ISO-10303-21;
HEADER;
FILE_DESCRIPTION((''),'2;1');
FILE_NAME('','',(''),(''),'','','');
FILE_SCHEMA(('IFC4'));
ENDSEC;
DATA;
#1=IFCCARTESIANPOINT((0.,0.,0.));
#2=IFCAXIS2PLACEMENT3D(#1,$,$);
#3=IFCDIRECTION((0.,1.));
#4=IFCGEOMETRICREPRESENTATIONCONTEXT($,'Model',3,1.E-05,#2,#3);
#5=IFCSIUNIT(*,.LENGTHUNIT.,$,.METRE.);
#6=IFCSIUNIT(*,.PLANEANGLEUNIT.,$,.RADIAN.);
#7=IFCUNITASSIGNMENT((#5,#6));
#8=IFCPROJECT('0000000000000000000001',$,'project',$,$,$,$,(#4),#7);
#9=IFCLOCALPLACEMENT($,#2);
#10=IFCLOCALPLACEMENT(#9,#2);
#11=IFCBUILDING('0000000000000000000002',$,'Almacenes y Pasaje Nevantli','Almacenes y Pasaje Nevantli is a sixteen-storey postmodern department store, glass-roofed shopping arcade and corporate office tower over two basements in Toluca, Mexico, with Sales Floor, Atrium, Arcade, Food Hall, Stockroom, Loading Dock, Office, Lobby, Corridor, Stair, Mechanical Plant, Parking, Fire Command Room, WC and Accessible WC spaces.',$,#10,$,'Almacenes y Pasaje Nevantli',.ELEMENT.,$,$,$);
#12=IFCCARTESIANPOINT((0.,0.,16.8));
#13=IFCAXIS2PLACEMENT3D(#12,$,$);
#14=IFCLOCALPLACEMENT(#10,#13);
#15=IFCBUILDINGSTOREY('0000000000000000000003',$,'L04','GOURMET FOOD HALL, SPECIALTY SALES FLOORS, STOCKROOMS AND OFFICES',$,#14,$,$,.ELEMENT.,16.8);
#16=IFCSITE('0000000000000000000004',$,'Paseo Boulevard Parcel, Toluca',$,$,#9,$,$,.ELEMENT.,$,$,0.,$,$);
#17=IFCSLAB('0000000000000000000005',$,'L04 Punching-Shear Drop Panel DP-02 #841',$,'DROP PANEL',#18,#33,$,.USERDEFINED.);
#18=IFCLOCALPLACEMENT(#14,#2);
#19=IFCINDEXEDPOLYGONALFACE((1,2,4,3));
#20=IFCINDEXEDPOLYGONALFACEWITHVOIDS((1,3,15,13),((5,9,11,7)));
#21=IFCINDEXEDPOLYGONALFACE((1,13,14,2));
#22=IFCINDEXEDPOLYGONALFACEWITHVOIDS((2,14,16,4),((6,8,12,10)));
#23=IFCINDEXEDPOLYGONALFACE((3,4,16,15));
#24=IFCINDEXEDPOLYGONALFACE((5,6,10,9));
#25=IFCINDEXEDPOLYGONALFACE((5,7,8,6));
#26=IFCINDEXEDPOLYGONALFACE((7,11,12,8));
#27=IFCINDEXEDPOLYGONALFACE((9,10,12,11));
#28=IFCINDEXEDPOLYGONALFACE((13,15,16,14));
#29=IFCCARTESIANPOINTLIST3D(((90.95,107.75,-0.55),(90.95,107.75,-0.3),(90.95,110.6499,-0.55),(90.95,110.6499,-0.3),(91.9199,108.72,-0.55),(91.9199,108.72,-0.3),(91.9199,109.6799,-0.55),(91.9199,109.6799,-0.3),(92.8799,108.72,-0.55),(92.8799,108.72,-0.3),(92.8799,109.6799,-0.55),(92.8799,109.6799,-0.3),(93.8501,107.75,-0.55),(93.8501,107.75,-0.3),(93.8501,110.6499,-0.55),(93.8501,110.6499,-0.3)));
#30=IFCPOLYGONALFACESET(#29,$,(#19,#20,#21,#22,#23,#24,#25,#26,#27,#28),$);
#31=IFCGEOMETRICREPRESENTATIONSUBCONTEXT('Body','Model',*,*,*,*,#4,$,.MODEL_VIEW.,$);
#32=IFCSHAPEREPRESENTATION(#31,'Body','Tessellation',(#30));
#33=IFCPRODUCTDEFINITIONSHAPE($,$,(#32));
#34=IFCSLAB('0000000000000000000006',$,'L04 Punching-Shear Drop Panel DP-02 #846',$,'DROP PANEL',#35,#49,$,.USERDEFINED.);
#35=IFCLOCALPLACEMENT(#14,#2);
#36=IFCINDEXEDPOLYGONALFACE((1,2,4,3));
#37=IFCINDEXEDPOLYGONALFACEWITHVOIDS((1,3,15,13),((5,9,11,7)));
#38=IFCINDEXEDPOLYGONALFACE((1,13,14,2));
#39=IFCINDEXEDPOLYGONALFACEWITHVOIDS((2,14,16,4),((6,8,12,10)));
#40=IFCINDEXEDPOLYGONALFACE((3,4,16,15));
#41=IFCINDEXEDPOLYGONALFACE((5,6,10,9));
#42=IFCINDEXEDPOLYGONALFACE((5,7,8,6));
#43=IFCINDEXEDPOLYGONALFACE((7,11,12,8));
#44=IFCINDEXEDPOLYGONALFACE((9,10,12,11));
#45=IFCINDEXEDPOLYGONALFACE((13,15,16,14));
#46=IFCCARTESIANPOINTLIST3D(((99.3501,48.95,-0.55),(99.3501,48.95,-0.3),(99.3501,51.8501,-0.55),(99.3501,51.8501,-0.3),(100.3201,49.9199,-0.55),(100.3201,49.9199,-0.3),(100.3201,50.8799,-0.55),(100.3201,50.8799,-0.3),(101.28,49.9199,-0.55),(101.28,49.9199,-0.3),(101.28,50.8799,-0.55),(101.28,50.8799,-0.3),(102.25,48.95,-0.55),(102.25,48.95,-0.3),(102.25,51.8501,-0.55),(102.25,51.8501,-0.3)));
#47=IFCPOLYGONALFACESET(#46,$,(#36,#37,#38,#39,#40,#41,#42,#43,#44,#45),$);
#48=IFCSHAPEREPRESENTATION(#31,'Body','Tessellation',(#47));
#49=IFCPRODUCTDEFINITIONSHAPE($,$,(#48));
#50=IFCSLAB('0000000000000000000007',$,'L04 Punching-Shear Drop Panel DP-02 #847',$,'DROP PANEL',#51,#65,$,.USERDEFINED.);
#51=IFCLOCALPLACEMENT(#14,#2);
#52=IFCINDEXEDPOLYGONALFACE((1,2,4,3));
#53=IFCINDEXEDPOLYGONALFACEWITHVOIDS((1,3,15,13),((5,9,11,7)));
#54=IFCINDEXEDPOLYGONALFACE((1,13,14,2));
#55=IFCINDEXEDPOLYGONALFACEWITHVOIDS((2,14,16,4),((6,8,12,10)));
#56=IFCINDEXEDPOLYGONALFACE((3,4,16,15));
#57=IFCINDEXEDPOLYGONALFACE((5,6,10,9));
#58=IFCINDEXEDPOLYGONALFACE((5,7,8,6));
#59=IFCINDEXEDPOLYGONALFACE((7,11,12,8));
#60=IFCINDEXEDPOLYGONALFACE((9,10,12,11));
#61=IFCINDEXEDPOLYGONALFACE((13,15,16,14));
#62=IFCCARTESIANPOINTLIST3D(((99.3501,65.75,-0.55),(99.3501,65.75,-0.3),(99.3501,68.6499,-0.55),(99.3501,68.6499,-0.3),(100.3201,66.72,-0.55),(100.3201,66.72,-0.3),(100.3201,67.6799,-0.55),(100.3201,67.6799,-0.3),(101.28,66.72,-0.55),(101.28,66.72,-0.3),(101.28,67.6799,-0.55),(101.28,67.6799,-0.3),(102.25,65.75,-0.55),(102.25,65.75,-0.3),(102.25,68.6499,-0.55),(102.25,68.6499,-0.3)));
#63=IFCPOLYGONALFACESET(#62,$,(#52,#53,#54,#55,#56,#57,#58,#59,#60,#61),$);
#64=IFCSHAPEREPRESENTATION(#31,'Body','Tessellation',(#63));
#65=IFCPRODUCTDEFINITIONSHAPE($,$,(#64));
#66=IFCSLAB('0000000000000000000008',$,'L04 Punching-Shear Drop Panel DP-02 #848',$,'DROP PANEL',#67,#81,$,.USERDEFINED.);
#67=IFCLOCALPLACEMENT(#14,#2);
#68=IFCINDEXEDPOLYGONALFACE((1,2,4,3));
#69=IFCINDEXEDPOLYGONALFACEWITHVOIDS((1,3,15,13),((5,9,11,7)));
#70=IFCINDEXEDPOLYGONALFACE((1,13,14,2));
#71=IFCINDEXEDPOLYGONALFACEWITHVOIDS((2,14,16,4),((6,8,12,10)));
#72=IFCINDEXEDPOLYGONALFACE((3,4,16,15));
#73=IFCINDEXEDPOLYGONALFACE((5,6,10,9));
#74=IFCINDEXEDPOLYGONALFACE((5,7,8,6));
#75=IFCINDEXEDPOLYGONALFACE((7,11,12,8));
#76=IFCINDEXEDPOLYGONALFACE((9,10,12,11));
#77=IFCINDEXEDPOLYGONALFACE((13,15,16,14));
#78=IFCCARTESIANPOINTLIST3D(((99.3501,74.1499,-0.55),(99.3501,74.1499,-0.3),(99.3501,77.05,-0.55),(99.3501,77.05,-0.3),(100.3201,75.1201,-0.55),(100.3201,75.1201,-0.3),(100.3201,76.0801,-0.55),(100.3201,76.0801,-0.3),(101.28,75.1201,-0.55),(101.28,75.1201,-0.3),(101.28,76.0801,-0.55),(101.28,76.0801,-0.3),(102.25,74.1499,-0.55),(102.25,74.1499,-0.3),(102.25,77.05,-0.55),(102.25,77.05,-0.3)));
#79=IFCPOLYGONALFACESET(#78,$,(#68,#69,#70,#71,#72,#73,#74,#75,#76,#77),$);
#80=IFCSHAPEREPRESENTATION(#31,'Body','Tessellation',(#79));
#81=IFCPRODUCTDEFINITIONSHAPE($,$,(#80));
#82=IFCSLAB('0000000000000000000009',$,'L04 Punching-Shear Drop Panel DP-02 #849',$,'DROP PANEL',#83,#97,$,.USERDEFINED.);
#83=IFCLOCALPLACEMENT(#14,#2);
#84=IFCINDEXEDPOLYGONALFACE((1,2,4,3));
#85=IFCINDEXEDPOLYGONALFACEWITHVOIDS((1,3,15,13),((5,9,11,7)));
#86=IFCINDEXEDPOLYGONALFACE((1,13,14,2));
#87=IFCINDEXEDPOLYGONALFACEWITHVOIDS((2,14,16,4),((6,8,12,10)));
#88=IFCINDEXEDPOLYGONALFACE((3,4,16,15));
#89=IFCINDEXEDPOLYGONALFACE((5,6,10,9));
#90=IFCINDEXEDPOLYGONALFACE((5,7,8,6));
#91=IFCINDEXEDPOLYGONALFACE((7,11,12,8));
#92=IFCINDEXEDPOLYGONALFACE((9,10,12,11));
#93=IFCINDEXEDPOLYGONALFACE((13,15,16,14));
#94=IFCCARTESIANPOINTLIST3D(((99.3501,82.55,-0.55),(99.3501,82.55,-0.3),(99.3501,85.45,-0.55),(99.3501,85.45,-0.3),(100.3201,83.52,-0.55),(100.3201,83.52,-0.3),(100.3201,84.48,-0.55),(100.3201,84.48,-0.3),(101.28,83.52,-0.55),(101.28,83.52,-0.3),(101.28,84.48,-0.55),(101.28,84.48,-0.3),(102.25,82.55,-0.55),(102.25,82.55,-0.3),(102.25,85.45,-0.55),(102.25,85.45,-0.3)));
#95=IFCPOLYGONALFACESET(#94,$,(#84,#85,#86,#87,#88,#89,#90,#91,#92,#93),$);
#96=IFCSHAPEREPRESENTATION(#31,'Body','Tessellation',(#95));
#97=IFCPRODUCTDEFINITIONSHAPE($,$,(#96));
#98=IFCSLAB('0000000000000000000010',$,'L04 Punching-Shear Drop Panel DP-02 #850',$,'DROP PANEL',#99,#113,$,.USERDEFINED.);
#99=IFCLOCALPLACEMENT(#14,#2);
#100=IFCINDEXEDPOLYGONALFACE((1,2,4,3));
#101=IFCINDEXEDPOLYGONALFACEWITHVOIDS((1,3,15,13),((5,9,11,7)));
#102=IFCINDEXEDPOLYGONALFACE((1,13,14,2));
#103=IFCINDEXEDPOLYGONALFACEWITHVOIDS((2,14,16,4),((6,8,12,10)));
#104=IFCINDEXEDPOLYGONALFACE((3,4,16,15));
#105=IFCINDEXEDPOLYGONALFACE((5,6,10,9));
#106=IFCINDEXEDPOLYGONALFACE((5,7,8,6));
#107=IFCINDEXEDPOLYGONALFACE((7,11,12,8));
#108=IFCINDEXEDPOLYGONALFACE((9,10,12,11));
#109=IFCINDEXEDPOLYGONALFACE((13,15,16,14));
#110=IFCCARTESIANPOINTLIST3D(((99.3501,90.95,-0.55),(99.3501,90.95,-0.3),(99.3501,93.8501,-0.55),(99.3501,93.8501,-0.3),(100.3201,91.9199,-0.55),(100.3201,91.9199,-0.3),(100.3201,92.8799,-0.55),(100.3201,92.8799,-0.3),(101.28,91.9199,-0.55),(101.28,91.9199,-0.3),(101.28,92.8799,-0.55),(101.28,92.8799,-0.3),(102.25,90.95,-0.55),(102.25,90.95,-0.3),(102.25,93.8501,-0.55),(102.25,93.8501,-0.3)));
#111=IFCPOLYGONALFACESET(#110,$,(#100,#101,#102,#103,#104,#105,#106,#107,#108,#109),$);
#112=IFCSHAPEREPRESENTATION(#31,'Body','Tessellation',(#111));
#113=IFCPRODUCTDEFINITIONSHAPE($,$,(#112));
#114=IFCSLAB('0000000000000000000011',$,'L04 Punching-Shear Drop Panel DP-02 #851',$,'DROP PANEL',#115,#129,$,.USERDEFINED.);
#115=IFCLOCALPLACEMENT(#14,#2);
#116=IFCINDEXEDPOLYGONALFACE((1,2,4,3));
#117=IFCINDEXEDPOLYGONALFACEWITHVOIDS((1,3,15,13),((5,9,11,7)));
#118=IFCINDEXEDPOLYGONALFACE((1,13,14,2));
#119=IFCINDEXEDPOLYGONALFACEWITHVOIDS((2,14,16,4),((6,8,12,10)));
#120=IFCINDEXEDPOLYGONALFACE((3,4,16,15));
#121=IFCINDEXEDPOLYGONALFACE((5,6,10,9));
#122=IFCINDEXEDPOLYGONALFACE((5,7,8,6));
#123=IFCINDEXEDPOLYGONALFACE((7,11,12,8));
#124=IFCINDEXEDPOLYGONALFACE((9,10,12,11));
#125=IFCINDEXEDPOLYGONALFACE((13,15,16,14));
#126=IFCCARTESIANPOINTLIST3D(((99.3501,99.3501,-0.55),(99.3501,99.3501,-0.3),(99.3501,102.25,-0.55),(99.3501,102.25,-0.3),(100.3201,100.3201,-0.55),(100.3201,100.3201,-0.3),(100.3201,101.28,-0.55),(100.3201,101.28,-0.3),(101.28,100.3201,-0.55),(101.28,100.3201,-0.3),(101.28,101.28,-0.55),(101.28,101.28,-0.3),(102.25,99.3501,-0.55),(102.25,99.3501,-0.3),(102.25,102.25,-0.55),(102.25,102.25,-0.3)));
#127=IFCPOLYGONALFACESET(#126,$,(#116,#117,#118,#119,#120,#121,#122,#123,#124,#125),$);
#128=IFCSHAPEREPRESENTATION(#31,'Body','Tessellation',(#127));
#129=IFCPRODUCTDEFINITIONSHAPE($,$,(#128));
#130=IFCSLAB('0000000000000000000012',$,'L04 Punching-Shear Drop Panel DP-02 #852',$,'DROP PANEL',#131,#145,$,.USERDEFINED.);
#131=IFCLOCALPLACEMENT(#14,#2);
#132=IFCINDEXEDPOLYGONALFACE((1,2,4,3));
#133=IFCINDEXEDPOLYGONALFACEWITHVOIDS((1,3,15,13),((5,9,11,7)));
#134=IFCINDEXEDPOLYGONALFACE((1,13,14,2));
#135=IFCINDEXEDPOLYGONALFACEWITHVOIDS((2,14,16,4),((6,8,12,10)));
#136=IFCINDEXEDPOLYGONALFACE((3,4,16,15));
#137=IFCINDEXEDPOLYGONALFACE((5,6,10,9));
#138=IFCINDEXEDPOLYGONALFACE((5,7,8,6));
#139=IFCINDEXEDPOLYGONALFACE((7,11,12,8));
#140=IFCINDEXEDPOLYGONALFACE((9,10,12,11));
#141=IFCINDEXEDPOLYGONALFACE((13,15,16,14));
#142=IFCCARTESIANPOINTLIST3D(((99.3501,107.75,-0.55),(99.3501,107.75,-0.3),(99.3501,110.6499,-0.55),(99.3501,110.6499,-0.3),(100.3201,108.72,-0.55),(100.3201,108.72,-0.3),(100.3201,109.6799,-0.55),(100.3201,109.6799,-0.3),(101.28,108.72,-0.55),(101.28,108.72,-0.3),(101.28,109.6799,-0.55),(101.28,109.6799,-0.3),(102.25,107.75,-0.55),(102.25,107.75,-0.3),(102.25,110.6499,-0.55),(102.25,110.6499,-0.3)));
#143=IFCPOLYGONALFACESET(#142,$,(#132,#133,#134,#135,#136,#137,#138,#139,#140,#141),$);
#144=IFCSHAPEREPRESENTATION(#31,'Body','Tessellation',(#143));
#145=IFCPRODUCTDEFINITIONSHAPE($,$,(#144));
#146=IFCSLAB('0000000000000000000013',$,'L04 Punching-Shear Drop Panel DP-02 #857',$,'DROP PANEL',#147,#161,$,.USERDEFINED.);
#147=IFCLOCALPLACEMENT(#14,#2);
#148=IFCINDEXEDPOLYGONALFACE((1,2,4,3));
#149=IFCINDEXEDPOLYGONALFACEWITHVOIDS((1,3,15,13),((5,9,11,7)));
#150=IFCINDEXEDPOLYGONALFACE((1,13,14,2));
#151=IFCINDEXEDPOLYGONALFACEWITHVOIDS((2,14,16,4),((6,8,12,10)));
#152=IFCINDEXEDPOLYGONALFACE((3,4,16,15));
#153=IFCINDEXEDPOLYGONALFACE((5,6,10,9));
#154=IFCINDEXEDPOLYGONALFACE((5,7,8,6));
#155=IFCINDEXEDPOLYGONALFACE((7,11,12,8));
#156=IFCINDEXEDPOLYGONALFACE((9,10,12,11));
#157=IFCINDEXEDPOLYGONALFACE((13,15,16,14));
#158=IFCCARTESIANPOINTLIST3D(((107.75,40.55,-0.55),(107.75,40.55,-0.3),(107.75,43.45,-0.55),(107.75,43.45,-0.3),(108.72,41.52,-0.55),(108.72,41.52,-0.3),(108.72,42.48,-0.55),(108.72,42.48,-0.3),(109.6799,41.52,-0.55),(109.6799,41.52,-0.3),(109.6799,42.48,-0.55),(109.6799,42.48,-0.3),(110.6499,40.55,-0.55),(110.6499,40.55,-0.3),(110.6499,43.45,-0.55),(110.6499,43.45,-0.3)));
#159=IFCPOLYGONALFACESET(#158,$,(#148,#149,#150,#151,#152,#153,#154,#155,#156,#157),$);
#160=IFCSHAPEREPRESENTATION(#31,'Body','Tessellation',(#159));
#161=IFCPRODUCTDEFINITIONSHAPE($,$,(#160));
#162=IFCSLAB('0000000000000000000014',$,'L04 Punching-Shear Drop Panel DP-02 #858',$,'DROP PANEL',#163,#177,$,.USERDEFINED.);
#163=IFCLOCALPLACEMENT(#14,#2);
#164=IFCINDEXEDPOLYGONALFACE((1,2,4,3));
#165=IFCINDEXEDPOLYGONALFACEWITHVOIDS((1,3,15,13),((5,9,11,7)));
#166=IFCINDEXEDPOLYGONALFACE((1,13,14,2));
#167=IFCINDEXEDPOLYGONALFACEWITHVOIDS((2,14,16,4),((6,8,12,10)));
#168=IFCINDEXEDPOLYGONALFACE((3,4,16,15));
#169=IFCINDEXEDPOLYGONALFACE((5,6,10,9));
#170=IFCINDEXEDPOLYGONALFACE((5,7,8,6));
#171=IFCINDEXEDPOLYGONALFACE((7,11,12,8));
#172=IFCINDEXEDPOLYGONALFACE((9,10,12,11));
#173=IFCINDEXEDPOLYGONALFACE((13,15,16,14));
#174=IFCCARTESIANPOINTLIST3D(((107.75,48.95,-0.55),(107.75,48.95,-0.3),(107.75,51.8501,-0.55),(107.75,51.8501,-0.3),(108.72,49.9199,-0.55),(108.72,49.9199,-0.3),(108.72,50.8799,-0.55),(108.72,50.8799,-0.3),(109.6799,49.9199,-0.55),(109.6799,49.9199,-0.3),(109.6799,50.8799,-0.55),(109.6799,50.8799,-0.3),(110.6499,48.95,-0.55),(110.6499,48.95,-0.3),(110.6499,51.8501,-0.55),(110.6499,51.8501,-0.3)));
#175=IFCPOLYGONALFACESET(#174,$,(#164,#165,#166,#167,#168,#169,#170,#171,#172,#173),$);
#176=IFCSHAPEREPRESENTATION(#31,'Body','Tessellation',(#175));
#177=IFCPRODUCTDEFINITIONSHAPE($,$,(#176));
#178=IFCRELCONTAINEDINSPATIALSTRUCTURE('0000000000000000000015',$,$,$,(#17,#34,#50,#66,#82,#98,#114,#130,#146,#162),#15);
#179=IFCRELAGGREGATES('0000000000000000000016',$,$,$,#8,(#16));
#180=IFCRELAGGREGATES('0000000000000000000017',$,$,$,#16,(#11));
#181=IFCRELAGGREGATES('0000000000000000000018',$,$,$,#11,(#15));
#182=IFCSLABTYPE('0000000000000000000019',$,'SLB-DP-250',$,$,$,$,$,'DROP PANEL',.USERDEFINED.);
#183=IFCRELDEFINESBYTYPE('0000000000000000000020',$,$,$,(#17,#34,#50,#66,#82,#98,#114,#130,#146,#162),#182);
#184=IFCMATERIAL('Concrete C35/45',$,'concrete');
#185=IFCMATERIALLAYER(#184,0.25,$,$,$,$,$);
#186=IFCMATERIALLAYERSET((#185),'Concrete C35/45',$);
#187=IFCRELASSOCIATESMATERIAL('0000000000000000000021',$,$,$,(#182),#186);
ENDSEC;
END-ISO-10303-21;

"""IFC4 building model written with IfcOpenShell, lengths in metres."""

from ifc_helpers import new_model, si_unit, direction, frame, origin, place, context, subcontext, project, spatial, polyline, outline, extrude, material, layer, layer_set, type_object, element, save


model = new_model("IFC4")

# Units and contexts
model_context = context("Model", 3, precision=1e-05, world=origin(), true_north=direction((0.0, 1.0)))
body_context = subcontext(model_context, "Body", "Model", "MODEL_VIEW")
ifc_project = project(units=[si_unit("LENGTHUNIT", "METRE"), si_unit("PLANEANGLEUNIT", "RADIAN")], contexts=[model_context])

# Site, building, storey
site_placement = place(None, origin())
site = spatial("IfcSite", under=ifc_project, at=site_placement, Name="Paseo Boulevard Parcel, Toluca", CompositionType="ELEMENT", RefElevation=0.0)
building_placement = place(site_placement, origin())
building = spatial("IfcBuilding", under=site, at=building_placement, Name="Almacenes y Pasaje Nevantli", Description="Almacenes y Pasaje Nevantli is a sixteen-storey postmodern department store, glass-roofed shopping arcade and corporate office tower over two basements in Toluca, Mexico, with Sales Floor, Atrium, Arcade, Food Hall, Stockroom, Loading Dock, Office, Lobby, Corridor, Stair, Mechanical Plant, Parking, Fire Command Room, WC and Accessible WC spaces.", LongName="Almacenes y Pasaje Nevantli", CompositionType="ELEMENT")
storey_placement = place(building_placement, frame((0.0, 0.0, 16.8)))
storey = spatial("IfcBuildingStorey", under=building, at=storey_placement, Name="L04", Description="GOURMET FOOD HALL, SPECIALTY SALES FLOORS, STOCKROOMS AND OFFICES", CompositionType="ELEMENT", Elevation=16.8)

# Slabs
ifc_material_1 = material(Name="Concrete C35/45", Category="concrete")
ifc_layer_1 = layer(ifc_material_1, 0.25)
ifc_layer_set_1 = layer_set([ifc_layer_1], Name="Concrete C35/45")
slab_type_1 = type_object("IfcSlabType", Name="SLB-DP-250", ElementType="DROP PANEL", PredefinedType="USERDEFINED", material=ifc_layer_set_1)
slab_1_placement = place(storey_placement, frame((0.0, 0.0, -0.55)))
element("IfcSlab", 1, at=slab_1_placement, inside=storey, type_object=slab_type_1, Name="L04 Punching-Shear Drop Panel DP-02 #841", ObjectType="DROP PANEL", PredefinedType="USERDEFINED", context=body_context, shape_type="SweptSolid", body=[
    extrude(outline(polyline([(90.95, 107.75), (93.8501, 107.75), (93.8501, 110.6499), (90.95, 110.6499), (90.95, 107.75)]), holes=[polyline([(91.9199, 108.72), (92.8799, 108.72), (92.8799, 109.6799), (91.9199, 109.6799), (91.9199, 108.72)])]), origin(), (0.0, 0.0, 1.0), 0.25),
])
slab_2_placement = place(storey_placement, frame((0.0, 0.0, -0.55)))
element("IfcSlab", 2, at=slab_2_placement, inside=storey, type_object=slab_type_1, Name="L04 Punching-Shear Drop Panel DP-02 #846", ObjectType="DROP PANEL", PredefinedType="USERDEFINED", context=body_context, shape_type="SweptSolid", body=[
    extrude(outline(polyline([(99.3501, 48.95), (102.25, 48.95), (102.25, 51.8501), (99.3501, 51.8501), (99.3501, 48.95)]), holes=[polyline([(100.3201, 49.9199), (101.28, 49.9199), (101.28, 50.8799), (100.3201, 50.8799), (100.3201, 49.9199)])]), origin(), (0.0, 0.0, 1.0), 0.25),
])
slab_3_placement = place(storey_placement, frame((0.0, 0.0, -0.55)))
element("IfcSlab", 3, at=slab_3_placement, inside=storey, type_object=slab_type_1, Name="L04 Punching-Shear Drop Panel DP-02 #847", ObjectType="DROP PANEL", PredefinedType="USERDEFINED", context=body_context, shape_type="SweptSolid", body=[
    extrude(outline(polyline([(99.3501, 65.75), (102.25, 65.75), (102.25, 68.6499), (99.3501, 68.6499), (99.3501, 65.75)]), holes=[polyline([(100.3201, 66.72), (101.28, 66.72), (101.28, 67.6799), (100.3201, 67.6799), (100.3201, 66.72)])]), origin(), (0.0, 0.0, 1.0), 0.25),
])
slab_4_placement = place(storey_placement, frame((0.0, 0.0, -0.55)))
element("IfcSlab", 4, at=slab_4_placement, inside=storey, type_object=slab_type_1, Name="L04 Punching-Shear Drop Panel DP-02 #848", ObjectType="DROP PANEL", PredefinedType="USERDEFINED", context=body_context, shape_type="SweptSolid", body=[
    extrude(outline(polyline([(99.3501, 74.1499), (102.25, 74.1499), (102.25, 77.05), (99.3501, 77.05), (99.3501, 74.1499)]), holes=[polyline([(100.3201, 75.1201), (101.28, 75.1201), (101.28, 76.0801), (100.3201, 76.0801), (100.3201, 75.1201)])]), origin(), (0.0, 0.0, 1.0), 0.25),
])
slab_5_placement = place(storey_placement, frame((0.0, 0.0, -0.55)))
element("IfcSlab", 5, at=slab_5_placement, inside=storey, type_object=slab_type_1, Name="L04 Punching-Shear Drop Panel DP-02 #849", ObjectType="DROP PANEL", PredefinedType="USERDEFINED", context=body_context, shape_type="SweptSolid", body=[
    extrude(outline(polyline([(99.3501, 82.55), (102.25, 82.55), (102.25, 85.45), (99.3501, 85.45), (99.3501, 82.55)]), holes=[polyline([(100.3201, 83.52), (101.28, 83.52), (101.28, 84.48), (100.3201, 84.48), (100.3201, 83.52)])]), origin(), (0.0, 0.0, 1.0), 0.25),
])
slab_6_placement = place(storey_placement, frame((0.0, 0.0, -0.55)))
element("IfcSlab", 6, at=slab_6_placement, inside=storey, type_object=slab_type_1, Name="L04 Punching-Shear Drop Panel DP-02 #850", ObjectType="DROP PANEL", PredefinedType="USERDEFINED", context=body_context, shape_type="SweptSolid", body=[
    extrude(outline(polyline([(99.3501, 90.95), (102.25, 90.95), (102.25, 93.8501), (99.3501, 93.8501), (99.3501, 90.95)]), holes=[polyline([(100.3201, 91.9199), (101.28, 91.9199), (101.28, 92.8799), (100.3201, 92.8799), (100.3201, 91.9199)])]), origin(), (0.0, 0.0, 1.0), 0.25),
])
slab_7_placement = place(storey_placement, frame((0.0, 0.0, -0.55)))
element("IfcSlab", 7, at=slab_7_placement, inside=storey, type_object=slab_type_1, Name="L04 Punching-Shear Drop Panel DP-02 #851", ObjectType="DROP PANEL", PredefinedType="USERDEFINED", context=body_context, shape_type="SweptSolid", body=[
    extrude(outline(polyline([(99.3501, 99.3501), (102.25, 99.3501), (102.25, 102.25), (99.3501, 102.25), (99.3501, 99.3501)]), holes=[polyline([(100.3201, 100.3201), (101.28, 100.3201), (101.28, 101.28), (100.3201, 101.28), (100.3201, 100.3201)])]), origin(), (0.0, 0.0, 1.0), 0.25),
])
slab_8_placement = place(storey_placement, frame((0.0, 0.0, -0.55)))
element("IfcSlab", 8, at=slab_8_placement, inside=storey, type_object=slab_type_1, Name="L04 Punching-Shear Drop Panel DP-02 #852", ObjectType="DROP PANEL", PredefinedType="USERDEFINED", context=body_context, shape_type="SweptSolid", body=[
    extrude(outline(polyline([(99.3501, 107.75), (102.25, 107.75), (102.25, 110.6499), (99.3501, 110.6499), (99.3501, 107.75)]), holes=[polyline([(100.3201, 108.72), (101.28, 108.72), (101.28, 109.6799), (100.3201, 109.6799), (100.3201, 108.72)])]), origin(), (0.0, 0.0, 1.0), 0.25),
])
slab_9_placement = place(storey_placement, frame((0.0, 0.0, -0.55)))
element("IfcSlab", 9, at=slab_9_placement, inside=storey, type_object=slab_type_1, Name="L04 Punching-Shear Drop Panel DP-02 #857", ObjectType="DROP PANEL", PredefinedType="USERDEFINED", context=body_context, shape_type="SweptSolid", body=[
    extrude(outline(polyline([(107.75, 40.55), (110.6499, 40.55), (110.6499, 43.45), (107.75, 43.45), (107.75, 40.55)]), holes=[polyline([(108.72, 41.52), (109.6799, 41.52), (109.6799, 42.48), (108.72, 42.48), (108.72, 41.52)])]), origin(), (0.0, 0.0, 1.0), 0.25),
])
slab_10_placement = place(storey_placement, frame((0.0, 0.0, -0.55)))
element("IfcSlab", 10, at=slab_10_placement, inside=storey, type_object=slab_type_1, Name="L04 Punching-Shear Drop Panel DP-02 #858", ObjectType="DROP PANEL", PredefinedType="USERDEFINED", context=body_context, shape_type="SweptSolid", body=[
    extrude(outline(polyline([(107.75, 48.95), (110.6499, 48.95), (110.6499, 51.8501), (107.75, 51.8501), (107.75, 48.95)]), holes=[polyline([(108.72, 49.9199), (109.6799, 49.9199), (109.6799, 50.8799), (108.72, 50.8799), (108.72, 49.9199)])]), origin(), (0.0, 0.0, 1.0), 0.25),
])

save(model, "model.ifc")
